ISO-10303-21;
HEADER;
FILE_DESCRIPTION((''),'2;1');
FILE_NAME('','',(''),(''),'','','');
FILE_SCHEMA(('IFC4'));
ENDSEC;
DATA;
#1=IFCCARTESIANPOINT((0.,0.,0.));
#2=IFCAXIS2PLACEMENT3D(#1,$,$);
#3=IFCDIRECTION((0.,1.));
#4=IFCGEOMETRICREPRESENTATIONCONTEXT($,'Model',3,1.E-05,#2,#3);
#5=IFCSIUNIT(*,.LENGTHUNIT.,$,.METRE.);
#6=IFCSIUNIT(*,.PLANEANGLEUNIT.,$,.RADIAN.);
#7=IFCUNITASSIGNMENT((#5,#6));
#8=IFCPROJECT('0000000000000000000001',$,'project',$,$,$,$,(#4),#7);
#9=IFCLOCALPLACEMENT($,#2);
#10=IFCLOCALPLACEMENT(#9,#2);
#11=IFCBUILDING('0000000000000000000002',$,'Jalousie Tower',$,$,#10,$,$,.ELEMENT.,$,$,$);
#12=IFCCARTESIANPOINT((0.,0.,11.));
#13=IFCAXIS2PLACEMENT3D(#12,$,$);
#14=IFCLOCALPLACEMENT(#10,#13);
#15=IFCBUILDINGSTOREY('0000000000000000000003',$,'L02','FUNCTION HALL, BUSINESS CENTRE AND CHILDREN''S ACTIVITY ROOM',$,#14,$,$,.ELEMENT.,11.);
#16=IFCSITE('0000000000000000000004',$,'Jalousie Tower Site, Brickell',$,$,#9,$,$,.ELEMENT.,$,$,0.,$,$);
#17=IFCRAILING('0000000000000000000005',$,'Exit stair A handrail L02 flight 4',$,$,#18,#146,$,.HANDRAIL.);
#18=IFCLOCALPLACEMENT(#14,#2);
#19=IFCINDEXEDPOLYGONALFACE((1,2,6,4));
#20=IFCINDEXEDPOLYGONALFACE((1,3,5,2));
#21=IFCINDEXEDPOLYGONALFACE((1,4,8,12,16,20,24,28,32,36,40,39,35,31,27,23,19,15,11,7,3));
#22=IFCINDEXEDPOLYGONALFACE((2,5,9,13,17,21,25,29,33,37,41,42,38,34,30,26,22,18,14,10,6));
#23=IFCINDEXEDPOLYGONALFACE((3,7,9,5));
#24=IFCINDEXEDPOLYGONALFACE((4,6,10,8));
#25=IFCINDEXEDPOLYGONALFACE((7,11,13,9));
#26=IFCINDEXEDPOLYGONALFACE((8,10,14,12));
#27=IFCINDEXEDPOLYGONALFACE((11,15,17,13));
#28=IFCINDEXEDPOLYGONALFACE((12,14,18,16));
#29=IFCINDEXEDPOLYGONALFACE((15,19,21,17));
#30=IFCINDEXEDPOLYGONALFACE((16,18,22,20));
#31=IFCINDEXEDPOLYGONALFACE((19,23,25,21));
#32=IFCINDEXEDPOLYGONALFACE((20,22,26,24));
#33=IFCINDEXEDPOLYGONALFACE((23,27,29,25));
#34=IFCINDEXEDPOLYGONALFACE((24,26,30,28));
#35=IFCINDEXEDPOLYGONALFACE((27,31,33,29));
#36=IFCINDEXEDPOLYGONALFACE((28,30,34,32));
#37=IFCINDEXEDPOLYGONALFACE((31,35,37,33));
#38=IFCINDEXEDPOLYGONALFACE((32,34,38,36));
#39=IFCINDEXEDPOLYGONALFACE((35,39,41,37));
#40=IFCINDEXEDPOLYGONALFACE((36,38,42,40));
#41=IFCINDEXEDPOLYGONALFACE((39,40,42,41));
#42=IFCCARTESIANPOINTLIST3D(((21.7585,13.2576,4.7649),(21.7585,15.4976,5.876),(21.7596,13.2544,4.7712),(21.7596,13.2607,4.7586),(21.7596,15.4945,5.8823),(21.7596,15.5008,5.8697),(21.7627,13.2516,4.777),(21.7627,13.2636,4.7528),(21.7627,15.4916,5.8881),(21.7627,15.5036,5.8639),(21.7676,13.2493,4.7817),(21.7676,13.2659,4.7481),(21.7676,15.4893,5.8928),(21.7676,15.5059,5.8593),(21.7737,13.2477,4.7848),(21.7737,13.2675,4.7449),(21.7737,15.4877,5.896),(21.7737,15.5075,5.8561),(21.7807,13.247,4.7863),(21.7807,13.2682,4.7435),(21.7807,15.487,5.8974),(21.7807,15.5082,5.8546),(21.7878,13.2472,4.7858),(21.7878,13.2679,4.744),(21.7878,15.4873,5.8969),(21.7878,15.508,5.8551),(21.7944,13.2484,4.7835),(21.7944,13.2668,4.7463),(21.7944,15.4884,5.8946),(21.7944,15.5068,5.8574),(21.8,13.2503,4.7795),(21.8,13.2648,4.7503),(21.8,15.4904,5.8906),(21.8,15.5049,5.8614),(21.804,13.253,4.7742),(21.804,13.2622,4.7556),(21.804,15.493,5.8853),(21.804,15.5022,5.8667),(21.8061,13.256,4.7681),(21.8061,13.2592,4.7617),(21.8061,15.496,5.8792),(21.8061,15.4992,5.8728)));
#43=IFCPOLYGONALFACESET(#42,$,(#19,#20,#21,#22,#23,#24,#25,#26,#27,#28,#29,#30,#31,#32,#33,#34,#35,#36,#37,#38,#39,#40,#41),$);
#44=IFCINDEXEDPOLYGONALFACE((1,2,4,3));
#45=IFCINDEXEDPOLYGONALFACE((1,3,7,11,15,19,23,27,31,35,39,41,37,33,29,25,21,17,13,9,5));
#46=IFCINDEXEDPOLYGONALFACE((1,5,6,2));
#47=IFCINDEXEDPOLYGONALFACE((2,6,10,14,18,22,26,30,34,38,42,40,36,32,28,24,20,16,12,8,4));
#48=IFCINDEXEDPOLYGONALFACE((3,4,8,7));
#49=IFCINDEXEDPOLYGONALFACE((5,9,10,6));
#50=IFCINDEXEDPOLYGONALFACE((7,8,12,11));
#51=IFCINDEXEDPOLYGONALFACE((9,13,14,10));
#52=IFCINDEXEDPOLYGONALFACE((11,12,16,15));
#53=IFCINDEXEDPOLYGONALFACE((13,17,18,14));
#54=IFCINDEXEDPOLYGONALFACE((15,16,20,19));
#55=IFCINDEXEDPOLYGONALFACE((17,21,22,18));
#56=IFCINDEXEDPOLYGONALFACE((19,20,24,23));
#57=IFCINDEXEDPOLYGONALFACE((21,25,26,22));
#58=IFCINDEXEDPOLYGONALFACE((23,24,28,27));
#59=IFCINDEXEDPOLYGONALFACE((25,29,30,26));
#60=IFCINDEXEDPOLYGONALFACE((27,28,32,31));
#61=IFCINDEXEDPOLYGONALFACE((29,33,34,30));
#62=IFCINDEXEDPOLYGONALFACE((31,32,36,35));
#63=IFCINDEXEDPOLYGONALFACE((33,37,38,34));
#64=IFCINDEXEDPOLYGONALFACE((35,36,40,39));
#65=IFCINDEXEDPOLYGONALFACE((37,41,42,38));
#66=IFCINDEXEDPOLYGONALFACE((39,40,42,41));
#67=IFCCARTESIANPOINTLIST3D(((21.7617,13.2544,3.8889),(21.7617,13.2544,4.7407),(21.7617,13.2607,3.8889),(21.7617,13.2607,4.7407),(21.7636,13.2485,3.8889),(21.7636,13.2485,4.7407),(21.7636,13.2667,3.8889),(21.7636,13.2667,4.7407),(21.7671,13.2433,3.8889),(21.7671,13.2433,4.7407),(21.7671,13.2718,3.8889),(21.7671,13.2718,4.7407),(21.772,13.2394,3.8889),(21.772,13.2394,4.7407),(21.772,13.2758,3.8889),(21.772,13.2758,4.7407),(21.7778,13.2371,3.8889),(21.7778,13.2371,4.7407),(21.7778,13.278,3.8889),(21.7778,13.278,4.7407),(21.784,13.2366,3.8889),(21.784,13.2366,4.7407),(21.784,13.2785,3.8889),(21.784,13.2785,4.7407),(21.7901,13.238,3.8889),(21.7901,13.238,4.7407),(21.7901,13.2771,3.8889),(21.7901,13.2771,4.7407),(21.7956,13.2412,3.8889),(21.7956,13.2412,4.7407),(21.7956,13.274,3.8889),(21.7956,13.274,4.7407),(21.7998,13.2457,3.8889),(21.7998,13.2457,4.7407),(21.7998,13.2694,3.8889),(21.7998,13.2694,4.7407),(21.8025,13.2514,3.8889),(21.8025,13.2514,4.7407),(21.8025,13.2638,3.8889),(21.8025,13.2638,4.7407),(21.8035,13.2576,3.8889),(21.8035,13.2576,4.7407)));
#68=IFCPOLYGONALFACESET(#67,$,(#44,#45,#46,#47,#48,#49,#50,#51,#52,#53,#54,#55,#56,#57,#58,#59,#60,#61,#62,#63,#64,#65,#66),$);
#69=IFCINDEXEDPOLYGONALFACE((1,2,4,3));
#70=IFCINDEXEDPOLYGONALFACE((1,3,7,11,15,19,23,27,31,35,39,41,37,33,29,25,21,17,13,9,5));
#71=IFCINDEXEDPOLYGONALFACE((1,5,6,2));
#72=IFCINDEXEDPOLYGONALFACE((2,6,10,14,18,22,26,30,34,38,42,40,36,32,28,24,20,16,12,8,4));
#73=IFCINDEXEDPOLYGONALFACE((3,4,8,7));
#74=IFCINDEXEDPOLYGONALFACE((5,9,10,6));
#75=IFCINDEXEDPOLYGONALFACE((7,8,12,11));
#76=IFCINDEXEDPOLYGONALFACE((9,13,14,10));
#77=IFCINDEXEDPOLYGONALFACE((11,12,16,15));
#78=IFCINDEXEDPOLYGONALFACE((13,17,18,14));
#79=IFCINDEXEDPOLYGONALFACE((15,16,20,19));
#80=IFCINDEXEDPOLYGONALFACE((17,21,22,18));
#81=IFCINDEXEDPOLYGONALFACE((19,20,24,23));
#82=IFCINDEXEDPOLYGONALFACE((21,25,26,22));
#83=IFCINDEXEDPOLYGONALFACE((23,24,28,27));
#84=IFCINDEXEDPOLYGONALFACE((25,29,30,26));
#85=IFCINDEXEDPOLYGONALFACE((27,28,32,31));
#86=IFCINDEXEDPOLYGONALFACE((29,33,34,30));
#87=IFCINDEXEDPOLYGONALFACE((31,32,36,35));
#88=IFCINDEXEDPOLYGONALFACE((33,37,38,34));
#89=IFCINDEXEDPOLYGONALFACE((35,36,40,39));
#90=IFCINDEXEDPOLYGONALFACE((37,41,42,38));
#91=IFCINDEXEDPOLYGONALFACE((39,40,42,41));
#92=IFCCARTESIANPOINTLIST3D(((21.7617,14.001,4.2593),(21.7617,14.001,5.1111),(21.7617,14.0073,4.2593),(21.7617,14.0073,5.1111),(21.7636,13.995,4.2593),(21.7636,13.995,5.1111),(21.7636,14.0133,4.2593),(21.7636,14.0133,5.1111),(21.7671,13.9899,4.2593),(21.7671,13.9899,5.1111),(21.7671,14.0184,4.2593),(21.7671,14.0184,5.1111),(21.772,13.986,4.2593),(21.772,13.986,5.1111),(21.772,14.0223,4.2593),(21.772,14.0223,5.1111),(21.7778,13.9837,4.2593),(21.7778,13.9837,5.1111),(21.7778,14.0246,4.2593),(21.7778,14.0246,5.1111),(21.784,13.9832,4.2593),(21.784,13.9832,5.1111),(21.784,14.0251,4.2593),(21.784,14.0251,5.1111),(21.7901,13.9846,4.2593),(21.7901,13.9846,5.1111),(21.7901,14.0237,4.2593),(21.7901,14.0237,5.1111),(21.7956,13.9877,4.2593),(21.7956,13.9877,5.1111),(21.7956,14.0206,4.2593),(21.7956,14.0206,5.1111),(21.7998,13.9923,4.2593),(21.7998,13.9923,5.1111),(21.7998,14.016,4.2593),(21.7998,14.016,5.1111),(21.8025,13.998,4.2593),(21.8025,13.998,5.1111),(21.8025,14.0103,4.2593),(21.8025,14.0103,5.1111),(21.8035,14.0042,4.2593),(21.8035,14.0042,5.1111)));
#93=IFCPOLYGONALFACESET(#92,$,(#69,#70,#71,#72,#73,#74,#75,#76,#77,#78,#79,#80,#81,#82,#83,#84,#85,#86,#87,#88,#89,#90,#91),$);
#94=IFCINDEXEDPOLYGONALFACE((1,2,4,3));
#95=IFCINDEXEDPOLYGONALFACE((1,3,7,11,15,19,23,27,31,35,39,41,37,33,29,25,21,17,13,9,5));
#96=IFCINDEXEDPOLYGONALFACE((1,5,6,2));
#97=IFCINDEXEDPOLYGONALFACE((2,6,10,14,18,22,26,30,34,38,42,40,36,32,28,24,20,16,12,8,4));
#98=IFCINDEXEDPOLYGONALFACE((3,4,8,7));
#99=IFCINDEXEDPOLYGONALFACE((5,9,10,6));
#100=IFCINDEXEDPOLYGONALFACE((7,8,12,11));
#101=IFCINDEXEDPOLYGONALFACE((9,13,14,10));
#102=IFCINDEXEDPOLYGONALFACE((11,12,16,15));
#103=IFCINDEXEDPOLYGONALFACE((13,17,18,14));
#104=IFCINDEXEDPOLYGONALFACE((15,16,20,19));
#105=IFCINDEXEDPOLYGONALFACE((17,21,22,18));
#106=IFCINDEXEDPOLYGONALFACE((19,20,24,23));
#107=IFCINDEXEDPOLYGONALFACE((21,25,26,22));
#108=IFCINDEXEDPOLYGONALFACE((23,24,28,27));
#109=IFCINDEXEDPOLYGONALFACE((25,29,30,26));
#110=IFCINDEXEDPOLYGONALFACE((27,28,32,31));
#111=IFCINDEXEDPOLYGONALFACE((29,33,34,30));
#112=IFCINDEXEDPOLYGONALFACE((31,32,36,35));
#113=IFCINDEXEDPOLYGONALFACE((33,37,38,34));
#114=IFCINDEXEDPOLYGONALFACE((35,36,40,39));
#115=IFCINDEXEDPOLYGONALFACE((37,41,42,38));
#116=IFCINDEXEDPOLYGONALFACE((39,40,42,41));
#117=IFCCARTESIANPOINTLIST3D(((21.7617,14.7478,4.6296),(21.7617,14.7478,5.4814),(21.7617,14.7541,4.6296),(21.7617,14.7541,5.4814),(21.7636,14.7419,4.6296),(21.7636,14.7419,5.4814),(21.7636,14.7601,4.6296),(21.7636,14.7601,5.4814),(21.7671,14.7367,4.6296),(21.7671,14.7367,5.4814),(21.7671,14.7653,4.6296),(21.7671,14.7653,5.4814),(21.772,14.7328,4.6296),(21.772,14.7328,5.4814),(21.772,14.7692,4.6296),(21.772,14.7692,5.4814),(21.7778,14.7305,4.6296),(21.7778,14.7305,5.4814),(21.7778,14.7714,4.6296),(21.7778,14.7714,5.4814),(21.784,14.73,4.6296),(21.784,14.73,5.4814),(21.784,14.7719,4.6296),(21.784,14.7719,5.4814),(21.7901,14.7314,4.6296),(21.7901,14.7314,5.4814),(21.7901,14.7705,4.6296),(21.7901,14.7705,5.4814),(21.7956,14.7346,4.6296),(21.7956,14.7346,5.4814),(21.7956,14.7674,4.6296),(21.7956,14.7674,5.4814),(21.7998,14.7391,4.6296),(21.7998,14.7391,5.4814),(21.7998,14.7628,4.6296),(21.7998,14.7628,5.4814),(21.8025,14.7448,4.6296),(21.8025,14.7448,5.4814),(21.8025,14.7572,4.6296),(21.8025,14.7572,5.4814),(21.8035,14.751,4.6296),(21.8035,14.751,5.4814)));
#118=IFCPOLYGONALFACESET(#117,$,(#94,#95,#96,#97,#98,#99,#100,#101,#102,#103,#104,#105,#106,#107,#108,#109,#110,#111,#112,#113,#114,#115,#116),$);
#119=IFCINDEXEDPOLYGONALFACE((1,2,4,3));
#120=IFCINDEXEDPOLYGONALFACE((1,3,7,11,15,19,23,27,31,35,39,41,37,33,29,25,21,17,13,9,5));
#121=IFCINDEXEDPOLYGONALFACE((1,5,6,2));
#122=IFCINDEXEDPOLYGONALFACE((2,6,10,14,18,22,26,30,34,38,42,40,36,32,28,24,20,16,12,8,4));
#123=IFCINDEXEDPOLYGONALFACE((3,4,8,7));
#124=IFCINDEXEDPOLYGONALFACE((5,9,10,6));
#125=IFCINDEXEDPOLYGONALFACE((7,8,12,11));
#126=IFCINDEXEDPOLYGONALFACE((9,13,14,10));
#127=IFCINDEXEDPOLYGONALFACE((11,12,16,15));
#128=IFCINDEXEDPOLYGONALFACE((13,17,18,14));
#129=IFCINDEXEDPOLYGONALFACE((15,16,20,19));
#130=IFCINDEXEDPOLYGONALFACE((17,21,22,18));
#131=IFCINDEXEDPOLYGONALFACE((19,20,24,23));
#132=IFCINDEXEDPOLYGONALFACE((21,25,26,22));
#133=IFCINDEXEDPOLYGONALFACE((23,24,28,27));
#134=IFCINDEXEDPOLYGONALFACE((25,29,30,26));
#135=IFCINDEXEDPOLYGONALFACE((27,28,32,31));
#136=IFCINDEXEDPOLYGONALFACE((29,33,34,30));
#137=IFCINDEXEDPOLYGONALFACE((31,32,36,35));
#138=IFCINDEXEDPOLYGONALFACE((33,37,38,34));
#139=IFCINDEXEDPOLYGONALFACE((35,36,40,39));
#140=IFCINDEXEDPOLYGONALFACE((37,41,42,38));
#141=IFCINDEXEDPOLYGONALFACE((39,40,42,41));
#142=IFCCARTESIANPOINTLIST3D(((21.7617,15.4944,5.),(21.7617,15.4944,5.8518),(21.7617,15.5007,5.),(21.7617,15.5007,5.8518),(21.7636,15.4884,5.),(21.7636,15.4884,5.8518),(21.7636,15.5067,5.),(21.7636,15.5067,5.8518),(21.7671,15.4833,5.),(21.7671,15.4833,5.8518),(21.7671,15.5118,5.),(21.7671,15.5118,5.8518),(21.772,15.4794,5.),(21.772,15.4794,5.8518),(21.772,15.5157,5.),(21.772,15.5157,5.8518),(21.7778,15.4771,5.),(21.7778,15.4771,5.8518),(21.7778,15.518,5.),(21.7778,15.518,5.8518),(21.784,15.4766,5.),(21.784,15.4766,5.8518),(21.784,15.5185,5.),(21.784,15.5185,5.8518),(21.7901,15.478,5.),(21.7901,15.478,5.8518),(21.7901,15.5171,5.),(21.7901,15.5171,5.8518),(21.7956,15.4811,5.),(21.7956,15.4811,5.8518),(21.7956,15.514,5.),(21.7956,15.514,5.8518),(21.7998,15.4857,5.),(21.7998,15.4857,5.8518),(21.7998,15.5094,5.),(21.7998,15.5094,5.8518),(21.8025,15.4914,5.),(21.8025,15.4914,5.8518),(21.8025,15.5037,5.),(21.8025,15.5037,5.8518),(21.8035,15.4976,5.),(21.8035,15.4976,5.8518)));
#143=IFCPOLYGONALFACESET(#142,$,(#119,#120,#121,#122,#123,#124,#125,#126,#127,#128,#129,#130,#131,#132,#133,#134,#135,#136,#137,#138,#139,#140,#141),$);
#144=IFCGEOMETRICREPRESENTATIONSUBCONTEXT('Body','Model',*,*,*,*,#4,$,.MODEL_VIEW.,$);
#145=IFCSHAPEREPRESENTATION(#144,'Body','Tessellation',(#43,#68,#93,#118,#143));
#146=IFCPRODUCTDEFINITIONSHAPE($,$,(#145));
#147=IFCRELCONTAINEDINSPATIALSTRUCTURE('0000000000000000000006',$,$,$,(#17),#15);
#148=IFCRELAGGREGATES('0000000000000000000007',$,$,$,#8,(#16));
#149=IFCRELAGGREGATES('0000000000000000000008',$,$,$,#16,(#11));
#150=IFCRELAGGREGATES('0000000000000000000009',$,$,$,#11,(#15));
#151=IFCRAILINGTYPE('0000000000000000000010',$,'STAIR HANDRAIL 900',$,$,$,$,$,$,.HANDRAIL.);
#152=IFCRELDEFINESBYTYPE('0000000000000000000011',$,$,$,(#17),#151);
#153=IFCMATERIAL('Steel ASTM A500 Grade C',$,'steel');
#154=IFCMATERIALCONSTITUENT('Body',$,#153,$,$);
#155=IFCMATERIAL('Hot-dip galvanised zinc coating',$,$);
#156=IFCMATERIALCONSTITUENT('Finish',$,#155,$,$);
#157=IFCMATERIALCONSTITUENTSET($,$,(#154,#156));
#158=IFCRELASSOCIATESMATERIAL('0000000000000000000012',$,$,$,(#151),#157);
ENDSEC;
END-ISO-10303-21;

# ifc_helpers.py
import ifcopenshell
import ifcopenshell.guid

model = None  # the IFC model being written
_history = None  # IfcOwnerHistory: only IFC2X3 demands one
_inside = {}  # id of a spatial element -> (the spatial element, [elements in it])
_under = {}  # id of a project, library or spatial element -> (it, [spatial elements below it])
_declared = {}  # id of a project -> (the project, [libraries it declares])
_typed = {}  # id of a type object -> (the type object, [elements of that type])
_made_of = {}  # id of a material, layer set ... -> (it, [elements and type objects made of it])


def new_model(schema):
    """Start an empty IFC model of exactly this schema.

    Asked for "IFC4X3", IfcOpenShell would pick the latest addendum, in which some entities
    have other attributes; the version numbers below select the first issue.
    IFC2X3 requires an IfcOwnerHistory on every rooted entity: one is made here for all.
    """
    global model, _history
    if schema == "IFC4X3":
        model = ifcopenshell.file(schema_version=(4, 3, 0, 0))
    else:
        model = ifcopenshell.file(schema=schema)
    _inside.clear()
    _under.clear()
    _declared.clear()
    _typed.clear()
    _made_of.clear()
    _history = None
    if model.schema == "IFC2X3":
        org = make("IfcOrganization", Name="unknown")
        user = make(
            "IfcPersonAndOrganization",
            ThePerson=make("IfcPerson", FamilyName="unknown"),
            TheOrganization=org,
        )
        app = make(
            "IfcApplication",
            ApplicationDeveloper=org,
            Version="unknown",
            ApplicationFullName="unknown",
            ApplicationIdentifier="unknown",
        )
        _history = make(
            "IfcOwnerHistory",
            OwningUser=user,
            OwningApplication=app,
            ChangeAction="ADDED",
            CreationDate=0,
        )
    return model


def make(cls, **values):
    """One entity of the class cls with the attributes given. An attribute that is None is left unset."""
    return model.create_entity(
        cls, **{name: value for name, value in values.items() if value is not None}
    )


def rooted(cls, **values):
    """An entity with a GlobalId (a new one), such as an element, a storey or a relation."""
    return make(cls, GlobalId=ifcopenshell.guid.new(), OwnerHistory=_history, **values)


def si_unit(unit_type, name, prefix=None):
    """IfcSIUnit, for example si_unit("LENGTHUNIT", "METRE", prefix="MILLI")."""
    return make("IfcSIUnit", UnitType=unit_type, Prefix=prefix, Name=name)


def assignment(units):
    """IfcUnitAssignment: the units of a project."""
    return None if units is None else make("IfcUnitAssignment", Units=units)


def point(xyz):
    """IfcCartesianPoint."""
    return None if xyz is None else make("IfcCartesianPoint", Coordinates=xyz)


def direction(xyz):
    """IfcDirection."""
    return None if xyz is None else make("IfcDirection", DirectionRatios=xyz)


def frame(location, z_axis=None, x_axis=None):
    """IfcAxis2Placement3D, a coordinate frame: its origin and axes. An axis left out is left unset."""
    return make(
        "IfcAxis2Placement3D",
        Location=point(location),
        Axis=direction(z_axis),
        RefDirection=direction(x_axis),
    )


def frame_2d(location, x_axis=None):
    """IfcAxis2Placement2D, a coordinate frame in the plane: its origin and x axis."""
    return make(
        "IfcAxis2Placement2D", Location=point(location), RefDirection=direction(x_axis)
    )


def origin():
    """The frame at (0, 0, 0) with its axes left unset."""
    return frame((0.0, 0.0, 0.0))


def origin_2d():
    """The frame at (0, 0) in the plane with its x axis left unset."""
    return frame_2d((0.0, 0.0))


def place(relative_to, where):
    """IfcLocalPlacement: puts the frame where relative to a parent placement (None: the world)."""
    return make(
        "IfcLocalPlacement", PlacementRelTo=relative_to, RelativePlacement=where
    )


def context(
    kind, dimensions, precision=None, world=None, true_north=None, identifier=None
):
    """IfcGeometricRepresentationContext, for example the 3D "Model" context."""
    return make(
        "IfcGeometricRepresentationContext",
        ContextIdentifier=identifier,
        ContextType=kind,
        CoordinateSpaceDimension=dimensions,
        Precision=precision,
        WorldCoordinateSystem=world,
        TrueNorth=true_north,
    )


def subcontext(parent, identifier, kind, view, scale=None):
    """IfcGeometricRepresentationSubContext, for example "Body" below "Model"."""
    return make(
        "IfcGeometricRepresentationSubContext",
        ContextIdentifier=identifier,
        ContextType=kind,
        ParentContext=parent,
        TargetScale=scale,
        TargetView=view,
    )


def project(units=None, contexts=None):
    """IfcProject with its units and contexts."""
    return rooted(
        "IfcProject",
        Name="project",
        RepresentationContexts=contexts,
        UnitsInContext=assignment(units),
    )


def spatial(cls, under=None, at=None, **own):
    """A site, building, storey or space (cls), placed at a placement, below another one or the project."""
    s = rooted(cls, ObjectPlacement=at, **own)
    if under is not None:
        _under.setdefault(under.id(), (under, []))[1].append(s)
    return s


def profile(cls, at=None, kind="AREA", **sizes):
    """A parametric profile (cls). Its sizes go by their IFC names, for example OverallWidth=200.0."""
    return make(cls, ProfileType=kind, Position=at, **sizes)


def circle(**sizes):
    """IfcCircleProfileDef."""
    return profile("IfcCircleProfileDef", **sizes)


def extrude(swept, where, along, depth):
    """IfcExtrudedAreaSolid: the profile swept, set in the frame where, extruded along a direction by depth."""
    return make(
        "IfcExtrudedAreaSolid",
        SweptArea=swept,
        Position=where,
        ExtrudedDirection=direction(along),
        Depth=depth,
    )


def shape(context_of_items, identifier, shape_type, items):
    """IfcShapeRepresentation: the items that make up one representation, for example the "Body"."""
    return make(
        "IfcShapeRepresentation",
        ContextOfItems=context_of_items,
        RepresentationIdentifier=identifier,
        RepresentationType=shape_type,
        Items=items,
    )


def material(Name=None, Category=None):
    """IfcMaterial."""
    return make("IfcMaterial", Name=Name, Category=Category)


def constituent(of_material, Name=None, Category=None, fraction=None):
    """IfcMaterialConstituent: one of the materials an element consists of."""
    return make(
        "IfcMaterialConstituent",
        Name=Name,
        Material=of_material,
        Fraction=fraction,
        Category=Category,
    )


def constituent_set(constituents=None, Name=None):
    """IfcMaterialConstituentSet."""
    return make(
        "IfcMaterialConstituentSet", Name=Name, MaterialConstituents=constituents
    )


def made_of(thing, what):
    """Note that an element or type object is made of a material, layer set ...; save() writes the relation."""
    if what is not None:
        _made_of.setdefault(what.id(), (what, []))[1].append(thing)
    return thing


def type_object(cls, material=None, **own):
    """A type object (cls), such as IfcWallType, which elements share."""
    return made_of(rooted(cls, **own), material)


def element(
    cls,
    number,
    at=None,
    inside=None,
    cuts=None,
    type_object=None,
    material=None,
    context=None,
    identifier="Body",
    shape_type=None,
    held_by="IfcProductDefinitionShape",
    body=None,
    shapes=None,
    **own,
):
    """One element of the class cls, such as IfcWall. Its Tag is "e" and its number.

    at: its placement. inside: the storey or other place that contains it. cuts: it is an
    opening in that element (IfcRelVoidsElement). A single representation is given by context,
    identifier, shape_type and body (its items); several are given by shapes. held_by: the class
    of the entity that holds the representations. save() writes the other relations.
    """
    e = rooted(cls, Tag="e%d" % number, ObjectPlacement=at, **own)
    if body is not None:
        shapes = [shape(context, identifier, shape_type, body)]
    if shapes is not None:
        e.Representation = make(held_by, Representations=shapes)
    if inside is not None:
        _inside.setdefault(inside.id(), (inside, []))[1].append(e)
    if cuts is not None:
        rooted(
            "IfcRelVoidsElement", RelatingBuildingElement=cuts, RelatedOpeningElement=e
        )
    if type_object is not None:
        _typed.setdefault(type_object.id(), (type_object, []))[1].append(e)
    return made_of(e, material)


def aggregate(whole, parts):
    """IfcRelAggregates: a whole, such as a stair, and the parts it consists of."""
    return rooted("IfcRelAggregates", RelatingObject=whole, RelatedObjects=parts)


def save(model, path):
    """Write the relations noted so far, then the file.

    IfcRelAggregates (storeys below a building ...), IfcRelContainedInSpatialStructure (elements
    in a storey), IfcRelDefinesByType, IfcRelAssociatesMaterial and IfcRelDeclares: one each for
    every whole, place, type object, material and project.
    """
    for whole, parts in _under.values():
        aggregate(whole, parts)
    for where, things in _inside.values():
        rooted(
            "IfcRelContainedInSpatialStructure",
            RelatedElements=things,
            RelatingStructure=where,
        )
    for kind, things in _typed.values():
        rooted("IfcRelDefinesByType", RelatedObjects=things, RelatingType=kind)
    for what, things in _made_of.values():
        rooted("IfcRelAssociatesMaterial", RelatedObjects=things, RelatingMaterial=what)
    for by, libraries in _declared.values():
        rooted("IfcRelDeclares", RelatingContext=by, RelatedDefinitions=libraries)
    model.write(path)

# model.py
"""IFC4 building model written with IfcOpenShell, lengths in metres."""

from ifc_helpers import new_model, si_unit, direction, frame, origin, origin_2d, place, context, subcontext, project, spatial, circle, extrude, material, constituent, constituent_set, type_object, element, save


model = new_model("IFC4")

# Units and contexts
model_context = context("Model", 3, precision=1e-05, world=origin(), true_north=direction((0.0, 1.0)))
body_context = subcontext(model_context, "Body", "Model", "MODEL_VIEW")
ifc_project = project(units=[si_unit("LENGTHUNIT", "METRE"), si_unit("PLANEANGLEUNIT", "RADIAN")], contexts=[model_context])

# Site, building, storey
site_placement = place(None, origin())
site = spatial("IfcSite", under=ifc_project, at=site_placement, Name="Jalousie Tower Site, Brickell", CompositionType="ELEMENT", RefElevation=0.0)
building_placement = place(site_placement, origin())
building = spatial("IfcBuilding", under=site, at=building_placement, Name="Jalousie Tower", CompositionType="ELEMENT")
storey_placement = place(building_placement, frame((0.0, 0.0, 11.0)))
storey = spatial("IfcBuildingStorey", under=building, at=storey_placement, Name="L02", Description="FUNCTION HALL, BUSINESS CENTRE AND CHILDREN'S ACTIVITY ROOM", CompositionType="ELEMENT", Elevation=11.0)

# Railing
ifc_material_1 = material(Name="Steel ASTM A500 Grade C", Category="steel")
ifc_constituent_1 = constituent(ifc_material_1, Name="Body")
ifc_material_2 = material(Name="Hot-dip galvanised zinc coating")
ifc_constituent_2 = constituent(ifc_material_2, Name="Finish")
ifc_constituent_set_1 = constituent_set(constituents=[ifc_constituent_1, ifc_constituent_2])
railing_type_1 = type_object("IfcRailingType", Name="STAIR HANDRAIL 900", PredefinedType="HANDRAIL", material=ifc_constituent_set_1)
railing_1_placement = place(storey_placement, frame((21.7825, 13.2576, 3.8889)))
element("IfcRailing", 1, at=railing_1_placement, inside=storey, type_object=railing_type_1, Name="Exit stair A handrail L02 flight 4", PredefinedType="HANDRAIL", context=body_context, shape_type="SweptSolid", body=[
    extrude(circle(Radius=0.0239, at=origin_2d()), frame((0.0, 0.0, 0.876), z_axis=(0.0, 0.895848, 0.44436), x_axis=(-1.0, 0.0, 0.0)), (0.0, 0.0, 1.0), 2.5005),
    extrude(circle(Radius=0.021, at=origin_2d()), origin(), (0.0, 0.0, 1.0), 0.8518),
    extrude(circle(Radius=0.021, at=origin_2d()), frame((0.0, 0.7466, 0.3704)), (0.0, 0.0, 1.0), 0.8518),
    extrude(circle(Radius=0.021, at=origin_2d()), frame((0.0, 1.4934, 0.7407)), (0.0, 0.0, 1.0), 0.8518),
    extrude(circle(Radius=0.021, at=origin_2d()), frame((0.0, 2.24, 1.1111)), (0.0, 0.0, 1.0), 0.8518),
])

save(model, "model.ifc")
